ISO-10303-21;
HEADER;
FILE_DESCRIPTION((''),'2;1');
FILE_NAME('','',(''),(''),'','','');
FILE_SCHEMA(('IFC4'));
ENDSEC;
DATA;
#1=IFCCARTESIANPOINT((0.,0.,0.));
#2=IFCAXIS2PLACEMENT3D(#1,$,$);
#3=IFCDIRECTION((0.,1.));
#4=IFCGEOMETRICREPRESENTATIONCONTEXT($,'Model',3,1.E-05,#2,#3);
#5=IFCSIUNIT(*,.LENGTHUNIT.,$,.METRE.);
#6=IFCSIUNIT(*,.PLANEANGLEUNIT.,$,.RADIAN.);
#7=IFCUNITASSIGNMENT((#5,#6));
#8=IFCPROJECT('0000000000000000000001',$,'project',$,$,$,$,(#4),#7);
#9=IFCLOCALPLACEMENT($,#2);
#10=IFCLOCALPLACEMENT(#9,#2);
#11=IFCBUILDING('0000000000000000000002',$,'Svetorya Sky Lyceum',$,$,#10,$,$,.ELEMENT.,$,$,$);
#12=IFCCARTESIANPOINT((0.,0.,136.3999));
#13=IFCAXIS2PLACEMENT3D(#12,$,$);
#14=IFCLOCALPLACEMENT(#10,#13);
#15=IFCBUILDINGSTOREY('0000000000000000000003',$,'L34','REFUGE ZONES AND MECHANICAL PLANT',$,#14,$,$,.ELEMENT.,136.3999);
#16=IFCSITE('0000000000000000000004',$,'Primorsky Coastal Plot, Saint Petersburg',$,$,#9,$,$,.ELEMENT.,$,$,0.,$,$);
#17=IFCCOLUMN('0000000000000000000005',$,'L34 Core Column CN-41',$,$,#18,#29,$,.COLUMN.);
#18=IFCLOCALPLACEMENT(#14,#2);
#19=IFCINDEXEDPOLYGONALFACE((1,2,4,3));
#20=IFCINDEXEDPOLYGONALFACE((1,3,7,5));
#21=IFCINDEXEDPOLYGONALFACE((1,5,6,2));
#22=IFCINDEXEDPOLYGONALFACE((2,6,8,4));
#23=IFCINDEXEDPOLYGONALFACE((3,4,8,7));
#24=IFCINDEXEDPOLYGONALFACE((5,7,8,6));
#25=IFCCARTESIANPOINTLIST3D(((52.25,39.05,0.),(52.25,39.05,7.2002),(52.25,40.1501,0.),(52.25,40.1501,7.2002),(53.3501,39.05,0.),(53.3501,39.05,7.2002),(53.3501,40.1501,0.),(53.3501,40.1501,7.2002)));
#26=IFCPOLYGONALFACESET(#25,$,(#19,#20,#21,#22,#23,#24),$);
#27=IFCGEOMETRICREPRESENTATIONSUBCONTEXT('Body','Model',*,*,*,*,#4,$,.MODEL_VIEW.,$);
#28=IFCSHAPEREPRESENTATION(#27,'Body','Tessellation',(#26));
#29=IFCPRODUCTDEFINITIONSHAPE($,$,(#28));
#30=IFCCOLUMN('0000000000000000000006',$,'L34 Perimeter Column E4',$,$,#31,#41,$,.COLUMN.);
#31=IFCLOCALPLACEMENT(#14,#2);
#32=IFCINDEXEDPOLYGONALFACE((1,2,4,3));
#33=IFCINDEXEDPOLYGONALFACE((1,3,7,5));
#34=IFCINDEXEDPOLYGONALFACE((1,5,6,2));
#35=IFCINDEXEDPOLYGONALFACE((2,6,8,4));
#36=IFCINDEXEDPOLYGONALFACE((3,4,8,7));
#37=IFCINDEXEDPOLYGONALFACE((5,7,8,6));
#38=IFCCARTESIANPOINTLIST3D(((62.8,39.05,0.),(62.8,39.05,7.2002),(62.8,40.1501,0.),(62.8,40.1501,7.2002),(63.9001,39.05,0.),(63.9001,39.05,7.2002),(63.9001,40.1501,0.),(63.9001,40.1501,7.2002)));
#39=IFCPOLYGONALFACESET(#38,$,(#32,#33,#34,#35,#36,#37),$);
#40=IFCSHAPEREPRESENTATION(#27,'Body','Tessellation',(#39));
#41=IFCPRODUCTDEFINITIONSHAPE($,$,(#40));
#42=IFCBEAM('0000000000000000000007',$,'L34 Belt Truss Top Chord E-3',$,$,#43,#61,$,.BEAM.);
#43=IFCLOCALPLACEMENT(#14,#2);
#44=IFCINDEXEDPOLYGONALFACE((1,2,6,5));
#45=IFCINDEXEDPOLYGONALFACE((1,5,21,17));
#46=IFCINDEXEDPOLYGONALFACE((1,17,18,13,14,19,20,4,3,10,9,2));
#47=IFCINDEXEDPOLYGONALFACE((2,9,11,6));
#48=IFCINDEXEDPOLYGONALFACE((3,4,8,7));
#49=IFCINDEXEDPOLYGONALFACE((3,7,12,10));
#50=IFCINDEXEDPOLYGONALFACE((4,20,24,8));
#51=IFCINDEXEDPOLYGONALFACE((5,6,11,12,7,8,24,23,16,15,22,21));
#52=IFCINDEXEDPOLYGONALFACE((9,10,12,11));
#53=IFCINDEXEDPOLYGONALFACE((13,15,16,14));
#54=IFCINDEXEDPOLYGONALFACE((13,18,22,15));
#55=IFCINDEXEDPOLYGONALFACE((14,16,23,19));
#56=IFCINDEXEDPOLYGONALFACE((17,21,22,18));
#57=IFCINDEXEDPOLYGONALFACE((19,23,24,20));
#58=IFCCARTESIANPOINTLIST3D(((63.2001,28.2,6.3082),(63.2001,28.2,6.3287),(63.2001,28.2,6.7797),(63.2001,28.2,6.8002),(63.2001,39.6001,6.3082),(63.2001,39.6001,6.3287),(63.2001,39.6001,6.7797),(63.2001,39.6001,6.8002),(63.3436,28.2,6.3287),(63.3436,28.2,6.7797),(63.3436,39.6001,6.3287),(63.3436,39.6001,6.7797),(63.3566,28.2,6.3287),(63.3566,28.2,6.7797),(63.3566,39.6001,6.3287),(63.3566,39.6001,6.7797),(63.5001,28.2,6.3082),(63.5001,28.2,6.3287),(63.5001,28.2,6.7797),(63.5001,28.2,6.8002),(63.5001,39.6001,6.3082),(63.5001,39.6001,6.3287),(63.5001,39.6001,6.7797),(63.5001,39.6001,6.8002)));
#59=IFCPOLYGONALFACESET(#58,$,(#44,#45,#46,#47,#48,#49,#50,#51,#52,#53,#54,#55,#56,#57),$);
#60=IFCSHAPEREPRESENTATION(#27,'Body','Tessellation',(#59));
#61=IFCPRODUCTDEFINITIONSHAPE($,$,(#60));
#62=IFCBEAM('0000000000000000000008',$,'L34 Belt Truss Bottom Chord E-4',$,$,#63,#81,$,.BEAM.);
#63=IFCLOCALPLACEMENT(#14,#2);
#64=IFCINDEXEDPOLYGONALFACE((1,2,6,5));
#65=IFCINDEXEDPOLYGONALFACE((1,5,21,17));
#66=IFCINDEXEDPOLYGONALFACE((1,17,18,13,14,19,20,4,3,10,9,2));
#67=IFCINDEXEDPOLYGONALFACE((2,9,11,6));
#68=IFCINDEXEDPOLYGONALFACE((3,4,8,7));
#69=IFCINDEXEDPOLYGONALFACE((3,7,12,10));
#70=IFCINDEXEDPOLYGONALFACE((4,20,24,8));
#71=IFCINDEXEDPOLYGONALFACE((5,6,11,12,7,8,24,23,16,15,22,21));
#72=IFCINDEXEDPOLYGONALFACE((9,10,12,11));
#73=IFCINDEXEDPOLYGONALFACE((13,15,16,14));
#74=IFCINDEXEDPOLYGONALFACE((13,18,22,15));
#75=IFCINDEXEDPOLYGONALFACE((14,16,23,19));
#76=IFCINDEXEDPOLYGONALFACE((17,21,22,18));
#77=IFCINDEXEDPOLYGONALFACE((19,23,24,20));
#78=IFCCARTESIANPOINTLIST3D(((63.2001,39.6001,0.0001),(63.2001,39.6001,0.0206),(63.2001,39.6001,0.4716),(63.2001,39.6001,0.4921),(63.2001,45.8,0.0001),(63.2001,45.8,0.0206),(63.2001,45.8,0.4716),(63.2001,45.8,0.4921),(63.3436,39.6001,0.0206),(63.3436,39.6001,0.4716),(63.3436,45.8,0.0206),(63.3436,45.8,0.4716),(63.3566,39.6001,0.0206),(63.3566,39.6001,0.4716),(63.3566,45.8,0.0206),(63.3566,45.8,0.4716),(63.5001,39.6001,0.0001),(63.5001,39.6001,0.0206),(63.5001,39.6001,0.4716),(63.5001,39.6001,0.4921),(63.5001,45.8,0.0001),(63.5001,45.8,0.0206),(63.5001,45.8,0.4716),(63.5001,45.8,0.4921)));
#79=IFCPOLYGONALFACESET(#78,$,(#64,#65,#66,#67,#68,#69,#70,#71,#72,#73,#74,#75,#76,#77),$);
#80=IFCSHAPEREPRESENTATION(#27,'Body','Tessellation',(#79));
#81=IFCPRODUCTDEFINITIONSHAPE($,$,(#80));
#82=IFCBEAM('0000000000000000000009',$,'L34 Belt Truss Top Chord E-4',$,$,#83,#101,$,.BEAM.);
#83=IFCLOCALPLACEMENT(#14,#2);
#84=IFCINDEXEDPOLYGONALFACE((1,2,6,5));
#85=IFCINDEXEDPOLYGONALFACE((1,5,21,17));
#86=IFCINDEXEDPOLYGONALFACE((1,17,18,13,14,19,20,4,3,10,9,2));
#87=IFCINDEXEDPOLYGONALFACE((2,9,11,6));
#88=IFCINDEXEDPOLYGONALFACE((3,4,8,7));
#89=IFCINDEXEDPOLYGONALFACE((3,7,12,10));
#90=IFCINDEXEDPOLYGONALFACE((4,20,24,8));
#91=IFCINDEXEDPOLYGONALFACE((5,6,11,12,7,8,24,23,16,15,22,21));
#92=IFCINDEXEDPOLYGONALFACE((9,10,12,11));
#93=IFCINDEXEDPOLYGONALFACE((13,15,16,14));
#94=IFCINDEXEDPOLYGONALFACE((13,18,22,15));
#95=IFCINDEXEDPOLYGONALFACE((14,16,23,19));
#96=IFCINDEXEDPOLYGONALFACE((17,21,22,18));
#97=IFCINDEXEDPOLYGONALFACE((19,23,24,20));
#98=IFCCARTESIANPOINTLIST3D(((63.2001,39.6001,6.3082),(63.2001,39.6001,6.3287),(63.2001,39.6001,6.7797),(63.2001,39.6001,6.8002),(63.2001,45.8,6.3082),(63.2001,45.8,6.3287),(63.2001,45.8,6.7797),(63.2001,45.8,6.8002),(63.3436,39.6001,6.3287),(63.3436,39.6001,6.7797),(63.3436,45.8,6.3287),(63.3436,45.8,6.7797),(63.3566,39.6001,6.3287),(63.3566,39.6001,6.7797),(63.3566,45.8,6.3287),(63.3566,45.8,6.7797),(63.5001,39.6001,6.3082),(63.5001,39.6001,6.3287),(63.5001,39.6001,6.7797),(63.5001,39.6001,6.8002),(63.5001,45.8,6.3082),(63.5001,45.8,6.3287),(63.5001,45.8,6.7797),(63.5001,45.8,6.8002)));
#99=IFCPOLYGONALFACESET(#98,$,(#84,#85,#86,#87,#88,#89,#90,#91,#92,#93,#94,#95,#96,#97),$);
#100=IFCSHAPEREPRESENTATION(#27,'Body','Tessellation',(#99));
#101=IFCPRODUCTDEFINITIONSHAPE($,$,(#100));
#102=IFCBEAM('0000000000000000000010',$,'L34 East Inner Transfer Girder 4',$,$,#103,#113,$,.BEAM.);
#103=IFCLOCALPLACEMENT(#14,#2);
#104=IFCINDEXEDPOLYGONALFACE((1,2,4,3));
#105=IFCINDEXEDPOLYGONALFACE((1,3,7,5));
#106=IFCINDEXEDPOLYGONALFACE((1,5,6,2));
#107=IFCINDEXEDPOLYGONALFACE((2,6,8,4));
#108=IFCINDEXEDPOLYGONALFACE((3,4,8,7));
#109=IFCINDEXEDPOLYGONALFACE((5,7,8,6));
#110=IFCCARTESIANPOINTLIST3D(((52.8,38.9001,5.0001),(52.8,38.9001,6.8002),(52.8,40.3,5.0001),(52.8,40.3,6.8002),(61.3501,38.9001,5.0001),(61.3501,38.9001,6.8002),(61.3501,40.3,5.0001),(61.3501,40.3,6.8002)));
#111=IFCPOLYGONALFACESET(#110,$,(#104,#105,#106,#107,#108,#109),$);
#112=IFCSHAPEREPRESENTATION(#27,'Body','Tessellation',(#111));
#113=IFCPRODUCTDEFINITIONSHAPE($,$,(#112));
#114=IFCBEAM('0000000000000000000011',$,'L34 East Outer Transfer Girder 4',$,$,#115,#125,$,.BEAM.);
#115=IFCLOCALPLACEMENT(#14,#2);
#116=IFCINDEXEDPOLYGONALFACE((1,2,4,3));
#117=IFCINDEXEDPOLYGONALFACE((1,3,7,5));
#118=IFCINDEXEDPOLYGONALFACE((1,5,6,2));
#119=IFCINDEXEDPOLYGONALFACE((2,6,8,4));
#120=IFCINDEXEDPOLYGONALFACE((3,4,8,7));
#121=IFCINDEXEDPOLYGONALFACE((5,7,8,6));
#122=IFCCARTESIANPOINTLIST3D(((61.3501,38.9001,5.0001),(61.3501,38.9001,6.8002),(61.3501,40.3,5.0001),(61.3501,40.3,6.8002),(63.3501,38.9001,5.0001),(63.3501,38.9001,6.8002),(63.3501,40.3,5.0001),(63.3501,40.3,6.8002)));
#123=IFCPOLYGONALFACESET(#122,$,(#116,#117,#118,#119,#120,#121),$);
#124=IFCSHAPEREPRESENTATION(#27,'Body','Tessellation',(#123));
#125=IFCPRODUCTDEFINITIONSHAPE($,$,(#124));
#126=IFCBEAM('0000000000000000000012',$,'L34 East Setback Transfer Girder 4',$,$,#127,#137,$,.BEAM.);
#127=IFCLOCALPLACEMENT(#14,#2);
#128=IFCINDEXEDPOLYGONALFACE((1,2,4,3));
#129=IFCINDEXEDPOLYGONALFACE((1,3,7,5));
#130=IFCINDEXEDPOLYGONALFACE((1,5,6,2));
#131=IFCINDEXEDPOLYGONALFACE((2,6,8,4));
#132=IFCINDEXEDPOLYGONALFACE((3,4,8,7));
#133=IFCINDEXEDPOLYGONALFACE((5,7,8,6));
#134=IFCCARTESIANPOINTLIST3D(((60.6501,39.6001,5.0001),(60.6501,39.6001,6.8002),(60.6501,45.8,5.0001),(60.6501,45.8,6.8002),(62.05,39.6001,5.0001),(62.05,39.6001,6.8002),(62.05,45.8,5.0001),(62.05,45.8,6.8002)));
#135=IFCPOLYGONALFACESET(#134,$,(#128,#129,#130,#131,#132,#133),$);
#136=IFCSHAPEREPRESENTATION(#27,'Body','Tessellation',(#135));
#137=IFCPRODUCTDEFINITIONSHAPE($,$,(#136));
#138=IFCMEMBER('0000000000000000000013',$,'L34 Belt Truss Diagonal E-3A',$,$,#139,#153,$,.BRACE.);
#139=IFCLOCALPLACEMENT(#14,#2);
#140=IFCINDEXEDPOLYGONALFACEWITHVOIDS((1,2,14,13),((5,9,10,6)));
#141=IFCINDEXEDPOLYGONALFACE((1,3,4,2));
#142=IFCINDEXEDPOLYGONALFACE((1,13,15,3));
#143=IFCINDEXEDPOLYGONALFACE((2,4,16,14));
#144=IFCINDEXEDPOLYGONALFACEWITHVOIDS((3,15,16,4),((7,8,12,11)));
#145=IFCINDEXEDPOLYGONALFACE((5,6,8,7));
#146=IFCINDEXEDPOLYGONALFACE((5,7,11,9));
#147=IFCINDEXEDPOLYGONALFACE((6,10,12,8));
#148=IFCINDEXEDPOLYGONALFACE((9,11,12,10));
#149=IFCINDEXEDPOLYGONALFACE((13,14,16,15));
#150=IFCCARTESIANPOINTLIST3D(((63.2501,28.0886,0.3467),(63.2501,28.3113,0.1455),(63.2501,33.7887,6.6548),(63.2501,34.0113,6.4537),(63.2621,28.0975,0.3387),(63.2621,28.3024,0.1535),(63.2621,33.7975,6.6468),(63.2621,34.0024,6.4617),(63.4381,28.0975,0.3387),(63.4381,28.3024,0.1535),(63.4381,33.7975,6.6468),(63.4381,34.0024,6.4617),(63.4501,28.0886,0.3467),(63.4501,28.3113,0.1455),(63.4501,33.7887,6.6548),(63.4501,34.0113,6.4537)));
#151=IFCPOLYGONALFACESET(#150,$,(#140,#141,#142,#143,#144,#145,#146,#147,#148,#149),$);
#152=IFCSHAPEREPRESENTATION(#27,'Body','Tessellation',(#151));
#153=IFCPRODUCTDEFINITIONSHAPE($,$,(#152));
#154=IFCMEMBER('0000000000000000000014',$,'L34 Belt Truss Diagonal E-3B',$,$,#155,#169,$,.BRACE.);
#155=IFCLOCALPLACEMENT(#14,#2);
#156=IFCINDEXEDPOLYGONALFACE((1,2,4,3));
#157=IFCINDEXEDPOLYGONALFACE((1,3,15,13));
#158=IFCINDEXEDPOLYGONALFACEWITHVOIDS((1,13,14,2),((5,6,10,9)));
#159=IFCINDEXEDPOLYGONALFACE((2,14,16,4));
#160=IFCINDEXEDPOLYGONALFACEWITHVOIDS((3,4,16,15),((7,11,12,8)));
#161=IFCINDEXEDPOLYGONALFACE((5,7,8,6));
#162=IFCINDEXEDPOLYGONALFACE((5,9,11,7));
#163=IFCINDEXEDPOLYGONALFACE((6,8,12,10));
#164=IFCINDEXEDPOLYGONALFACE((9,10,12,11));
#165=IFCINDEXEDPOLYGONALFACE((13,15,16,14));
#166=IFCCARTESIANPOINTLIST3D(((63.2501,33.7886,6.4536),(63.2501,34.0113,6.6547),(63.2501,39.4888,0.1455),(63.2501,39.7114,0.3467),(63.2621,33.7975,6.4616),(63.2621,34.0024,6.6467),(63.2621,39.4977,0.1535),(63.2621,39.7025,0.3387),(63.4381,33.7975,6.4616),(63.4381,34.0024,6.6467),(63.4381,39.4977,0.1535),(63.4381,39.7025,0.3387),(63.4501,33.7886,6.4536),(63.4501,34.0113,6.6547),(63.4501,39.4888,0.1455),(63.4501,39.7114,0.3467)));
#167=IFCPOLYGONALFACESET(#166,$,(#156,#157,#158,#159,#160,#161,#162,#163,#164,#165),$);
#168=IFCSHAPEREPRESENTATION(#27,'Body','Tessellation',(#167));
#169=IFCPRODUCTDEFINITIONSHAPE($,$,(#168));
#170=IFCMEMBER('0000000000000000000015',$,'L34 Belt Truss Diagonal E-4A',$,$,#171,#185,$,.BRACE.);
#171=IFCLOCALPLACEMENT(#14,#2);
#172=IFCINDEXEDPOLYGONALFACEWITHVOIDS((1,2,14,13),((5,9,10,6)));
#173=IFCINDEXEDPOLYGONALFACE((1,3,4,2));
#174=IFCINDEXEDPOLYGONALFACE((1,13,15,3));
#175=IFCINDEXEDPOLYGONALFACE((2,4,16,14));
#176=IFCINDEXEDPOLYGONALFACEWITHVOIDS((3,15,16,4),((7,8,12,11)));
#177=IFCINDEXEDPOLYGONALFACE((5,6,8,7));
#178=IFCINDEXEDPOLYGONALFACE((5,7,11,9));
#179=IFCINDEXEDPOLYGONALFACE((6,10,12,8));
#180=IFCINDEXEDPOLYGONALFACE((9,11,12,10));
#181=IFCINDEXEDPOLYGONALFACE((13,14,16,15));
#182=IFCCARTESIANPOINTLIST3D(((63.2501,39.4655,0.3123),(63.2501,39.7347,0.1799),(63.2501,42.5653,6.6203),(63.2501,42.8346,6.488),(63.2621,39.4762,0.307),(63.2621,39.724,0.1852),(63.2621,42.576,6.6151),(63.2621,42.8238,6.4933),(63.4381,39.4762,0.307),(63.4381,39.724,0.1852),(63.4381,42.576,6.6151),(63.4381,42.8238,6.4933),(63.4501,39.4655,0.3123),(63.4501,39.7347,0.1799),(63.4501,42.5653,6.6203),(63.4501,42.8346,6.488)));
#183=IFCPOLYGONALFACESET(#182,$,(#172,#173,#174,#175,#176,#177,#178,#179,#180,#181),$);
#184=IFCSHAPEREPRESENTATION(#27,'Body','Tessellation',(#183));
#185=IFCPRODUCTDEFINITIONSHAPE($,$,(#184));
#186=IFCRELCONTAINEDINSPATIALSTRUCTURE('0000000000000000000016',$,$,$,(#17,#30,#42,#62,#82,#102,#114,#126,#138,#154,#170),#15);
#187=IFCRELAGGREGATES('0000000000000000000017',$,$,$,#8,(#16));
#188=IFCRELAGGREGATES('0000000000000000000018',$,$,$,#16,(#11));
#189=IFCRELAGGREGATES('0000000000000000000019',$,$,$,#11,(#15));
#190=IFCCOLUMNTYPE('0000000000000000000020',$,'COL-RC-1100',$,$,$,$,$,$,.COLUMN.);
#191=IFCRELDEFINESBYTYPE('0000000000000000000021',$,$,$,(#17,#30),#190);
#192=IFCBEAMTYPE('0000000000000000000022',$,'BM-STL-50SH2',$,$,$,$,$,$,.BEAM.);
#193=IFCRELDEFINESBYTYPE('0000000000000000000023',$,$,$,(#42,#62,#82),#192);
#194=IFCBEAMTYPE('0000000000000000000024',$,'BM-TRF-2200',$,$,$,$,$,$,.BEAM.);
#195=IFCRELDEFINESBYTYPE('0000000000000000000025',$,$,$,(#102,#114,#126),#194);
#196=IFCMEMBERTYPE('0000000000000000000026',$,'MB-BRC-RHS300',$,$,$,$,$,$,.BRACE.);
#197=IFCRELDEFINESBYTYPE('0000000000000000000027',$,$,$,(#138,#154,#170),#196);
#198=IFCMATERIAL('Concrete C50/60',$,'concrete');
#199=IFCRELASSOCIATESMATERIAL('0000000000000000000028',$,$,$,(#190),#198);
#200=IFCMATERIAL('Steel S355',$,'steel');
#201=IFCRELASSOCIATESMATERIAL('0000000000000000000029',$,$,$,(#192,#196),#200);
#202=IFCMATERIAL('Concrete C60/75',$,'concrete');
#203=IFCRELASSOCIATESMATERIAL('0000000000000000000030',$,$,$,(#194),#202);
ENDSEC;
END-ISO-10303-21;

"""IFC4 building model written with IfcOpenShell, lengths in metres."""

from ifc_helpers import new_model, si_unit, direction, frame, origin, origin_2d, place, context, subcontext, project, spatial, rectangle, hollow_rectangle, i_section, extrude, material, material_profile, profile_set, type_object, element, save


model = new_model("IFC4")

# Units and contexts
model_context = context("Model", 3, precision=1e-05, world=origin(), true_north=direction((0.0, 1.0)))
body_context = subcontext(model_context, "Body", "Model", "MODEL_VIEW")
ifc_project = project(units=[si_unit("LENGTHUNIT", "METRE"), si_unit("PLANEANGLEUNIT", "RADIAN")], contexts=[model_context])

# Site, building, storey
site_placement = place(None, origin())
site = spatial("IfcSite", under=ifc_project, at=site_placement, Name="Primorsky Coastal Plot, Saint Petersburg", CompositionType="ELEMENT", RefElevation=0.0)
building_placement = place(site_placement, origin())
building = spatial("IfcBuilding", under=site, at=building_placement, Name="Svetorya Sky Lyceum", CompositionType="ELEMENT")
storey_placement = place(building_placement, frame((0.0, 0.0, 136.3999)))
storey = spatial("IfcBuildingStorey", under=building, at=storey_placement, Name="L34", Description="REFUGE ZONES AND MECHANICAL PLANT", CompositionType="ELEMENT", Elevation=136.3999)

# Columns
ifc_material_1 = material(Name="Concrete C50/60", Category="concrete")
ifc_material_profile_1 = material_profile(ifc_material_1, rectangle(XDim=1.1001, YDim=1.1001, at=origin_2d()), Name="RC COL 1100x1100")
ifc_profile_set_1 = profile_set([ifc_material_profile_1], Name="Concrete C50/60")
column_type = type_object("IfcColumnType", Name="COL-RC-1100", PredefinedType="COLUMN", material=ifc_profile_set_1)
for number, where, z_axis, x_axis, name in (
    (1, (52.8, 39.6001, 0.0), (0.0, 0.0, 1.0), (1.0, 0.0, 0.0), "L34 Core Column CN-41"),
    (2, (63.3501, 39.6001, 0.0), (0.0, 0.0, 1.0), (1.0, 0.0, 0.0), "L34 Perimeter Column E4"),
):
    element("IfcColumn", number, at=place(storey_placement, frame(where, z_axis=z_axis, x_axis=x_axis)), inside=storey, type_object=column_type, Name=name, PredefinedType="COLUMN", context=body_context, shape_type="SweptSolid", body=[
        extrude(rectangle(XDim=1.1001, YDim=1.1001, at=origin_2d()), origin(), (0.0, 0.0, 1.0), 7.2002),
    ])

# Beams
ifc_material_2 = material(Name="Steel S355", Category="steel")
ifc_material_profile_2 = material_profile(ifc_material_2, i_section(OverallWidth=0.3, OverallDepth=0.4919, WebThickness=0.0129, FlangeThickness=0.0205, at=origin_2d()), Name="GOST 50Sh2")
ifc_profile_set_2 = profile_set([ifc_material_profile_2], Name="Steel S355")
beam_type_1 = type_object("IfcBeamType", Name="BM-STL-50SH2", PredefinedType="BEAM", material=ifc_profile_set_2)
beam_1_placement = place(storey_placement, frame((63.3501, 28.2, 6.5542), z_axis=(0.0, 1.0, 0.0), x_axis=(-1.0, 0.0, 0.0)))
element("IfcBeam", 3, at=beam_1_placement, inside=storey, type_object=beam_type_1, Name="L34 Belt Truss Top Chord E-3", PredefinedType="BEAM", context=body_context, shape_type="SweptSolid", body=[
    extrude(i_section(OverallWidth=0.3, OverallDepth=0.4919, WebThickness=0.0129, FlangeThickness=0.0205, at=origin_2d()), origin(), (0.0, 0.0, 1.0), 11.4001),
])
for number, where, z_axis, x_axis, name in (
    (4, (63.3501, 39.6001, 0.2461), (0.0, 1.0, 0.0), (-1.0, 0.0, 0.0), "L34 Belt Truss Bottom Chord E-4"),
    (5, (63.3501, 39.6001, 6.5542), (0.0, 1.0, 0.0), (-1.0, 0.0, 0.0), "L34 Belt Truss Top Chord E-4"),
):
    element("IfcBeam", number, at=place(storey_placement, frame(where, z_axis=z_axis, x_axis=x_axis)), inside=storey, type_object=beam_type_1, Name=name, PredefinedType="BEAM", context=body_context, shape_type="SweptSolid", body=[
        extrude(i_section(OverallWidth=0.3, OverallDepth=0.4919, WebThickness=0.0129, FlangeThickness=0.0205, at=origin_2d()), origin(), (0.0, 0.0, 1.0), 6.2),
    ])
ifc_material_3 = material(Name="Concrete C60/75", Category="concrete")
ifc_material_profile_3 = material_profile(ifc_material_3, rectangle(XDim=1.3999, YDim=1.8, at=origin_2d()), Name="RC TRANSFER 1400x1800")
ifc_profile_set_3 = profile_set([ifc_material_profile_3], Name="Concrete C60/75")
beam_type_2 = type_object("IfcBeamType", Name="BM-TRF-2200", PredefinedType="BEAM", material=ifc_profile_set_3)
beam_2_placement = place(storey_placement, frame((52.8, 39.6001, 5.9001), z_axis=(1.0, 0.0, 0.0), x_axis=(0.0, 1.0, 0.0)))
element("IfcBeam", 6, at=beam_2_placement, inside=storey, type_object=beam_type_2, Name="L34 East Inner Transfer Girder 4", PredefinedType="BEAM", context=body_context, shape_type="SweptSolid", body=[
    extrude(rectangle(XDim=1.3999, YDim=1.8, at=origin_2d()), origin(), (0.0, 0.0, 1.0), 8.55),
])
beam_3_placement = place(storey_placement, frame((61.3501, 39.6001, 5.9001), z_axis=(1.0, 0.0, 0.0), x_axis=(0.0, 1.0, 0.0)))
element("IfcBeam", 7, at=beam_3_placement, inside=storey, type_object=beam_type_2, Name="L34 East Outer Transfer Girder 4", PredefinedType="BEAM", context=body_context, shape_type="SweptSolid", body=[
    extrude(rectangle(XDim=1.3999, YDim=1.8, at=origin_2d()), origin(), (0.0, 0.0, 1.0), 2.0),
])
beam_4_placement = place(storey_placement, frame((61.3501, 39.6001, 5.9001), z_axis=(0.0, 1.0, 0.0), x_axis=(-1.0, 0.0, 0.0)))
element("IfcBeam", 8, at=beam_4_placement, inside=storey, type_object=beam_type_2, Name="L34 East Setback Transfer Girder 4", PredefinedType="BEAM", context=body_context, shape_type="SweptSolid", body=[
    extrude(rectangle(XDim=1.3999, YDim=1.8, at=origin_2d()), origin(), (0.0, 0.0, 1.0), 6.2),
])

# Members
ifc_material_profile_4 = material_profile(ifc_material_2, hollow_rectangle(XDim=0.2, YDim=0.3, WallThickness=0.012, at=origin_2d()), Name="RHS 300x200x12")
ifc_profile_set_4 = profile_set([ifc_material_profile_4], Name="Steel S355")
member_type_1 = type_object("IfcMemberType", Name="MB-BRC-RHS300", PredefinedType="BRACE", material=ifc_profile_set_4)
for number, where, z_axis, x_axis, name in (
    (9, (63.3501, 28.2, 0.2461), (0.0, 0.670436, 0.741968), (-1.0, 0.0, 0.0), "L34 Belt Truss Diagonal E-3A"),
    (10, (63.3501, 39.6001, 0.2461), (0.0, -0.670452, 0.741953), (1.0, 0.0, 0.0), "L34 Belt Truss Diagonal E-3B"),
):
    element("IfcMember", number, at=place(storey_placement, frame(where, z_axis=z_axis, x_axis=x_axis)), inside=storey, type_object=member_type_1, Name=name, PredefinedType="BRACE", context=body_context, shape_type="SweptSolid", body=[
        extrude(hollow_rectangle(XDim=0.2, YDim=0.3, WallThickness=0.012, at=origin_2d()), origin(), (0.0, 0.0, 1.0), 8.502),
    ])
member_1_placement = place(storey_placement, frame((63.3501, 39.6001, 0.2461), z_axis=(0.0, 0.441034, 0.89749), x_axis=(-1.0, 0.0, 0.0)))
element("IfcMember", 11, at=member_1_placement, inside=storey, type_object=member_type_1, Name="L34 Belt Truss Diagonal E-4A", PredefinedType="BRACE", context=body_context, shape_type="SweptSolid", body=[
    extrude(hollow_rectangle(XDim=0.2, YDim=0.3, WallThickness=0.012, at=origin_2d()), origin(), (0.0, 0.0, 1.0), 7.0286),
])

save(model, "model.ifc")
